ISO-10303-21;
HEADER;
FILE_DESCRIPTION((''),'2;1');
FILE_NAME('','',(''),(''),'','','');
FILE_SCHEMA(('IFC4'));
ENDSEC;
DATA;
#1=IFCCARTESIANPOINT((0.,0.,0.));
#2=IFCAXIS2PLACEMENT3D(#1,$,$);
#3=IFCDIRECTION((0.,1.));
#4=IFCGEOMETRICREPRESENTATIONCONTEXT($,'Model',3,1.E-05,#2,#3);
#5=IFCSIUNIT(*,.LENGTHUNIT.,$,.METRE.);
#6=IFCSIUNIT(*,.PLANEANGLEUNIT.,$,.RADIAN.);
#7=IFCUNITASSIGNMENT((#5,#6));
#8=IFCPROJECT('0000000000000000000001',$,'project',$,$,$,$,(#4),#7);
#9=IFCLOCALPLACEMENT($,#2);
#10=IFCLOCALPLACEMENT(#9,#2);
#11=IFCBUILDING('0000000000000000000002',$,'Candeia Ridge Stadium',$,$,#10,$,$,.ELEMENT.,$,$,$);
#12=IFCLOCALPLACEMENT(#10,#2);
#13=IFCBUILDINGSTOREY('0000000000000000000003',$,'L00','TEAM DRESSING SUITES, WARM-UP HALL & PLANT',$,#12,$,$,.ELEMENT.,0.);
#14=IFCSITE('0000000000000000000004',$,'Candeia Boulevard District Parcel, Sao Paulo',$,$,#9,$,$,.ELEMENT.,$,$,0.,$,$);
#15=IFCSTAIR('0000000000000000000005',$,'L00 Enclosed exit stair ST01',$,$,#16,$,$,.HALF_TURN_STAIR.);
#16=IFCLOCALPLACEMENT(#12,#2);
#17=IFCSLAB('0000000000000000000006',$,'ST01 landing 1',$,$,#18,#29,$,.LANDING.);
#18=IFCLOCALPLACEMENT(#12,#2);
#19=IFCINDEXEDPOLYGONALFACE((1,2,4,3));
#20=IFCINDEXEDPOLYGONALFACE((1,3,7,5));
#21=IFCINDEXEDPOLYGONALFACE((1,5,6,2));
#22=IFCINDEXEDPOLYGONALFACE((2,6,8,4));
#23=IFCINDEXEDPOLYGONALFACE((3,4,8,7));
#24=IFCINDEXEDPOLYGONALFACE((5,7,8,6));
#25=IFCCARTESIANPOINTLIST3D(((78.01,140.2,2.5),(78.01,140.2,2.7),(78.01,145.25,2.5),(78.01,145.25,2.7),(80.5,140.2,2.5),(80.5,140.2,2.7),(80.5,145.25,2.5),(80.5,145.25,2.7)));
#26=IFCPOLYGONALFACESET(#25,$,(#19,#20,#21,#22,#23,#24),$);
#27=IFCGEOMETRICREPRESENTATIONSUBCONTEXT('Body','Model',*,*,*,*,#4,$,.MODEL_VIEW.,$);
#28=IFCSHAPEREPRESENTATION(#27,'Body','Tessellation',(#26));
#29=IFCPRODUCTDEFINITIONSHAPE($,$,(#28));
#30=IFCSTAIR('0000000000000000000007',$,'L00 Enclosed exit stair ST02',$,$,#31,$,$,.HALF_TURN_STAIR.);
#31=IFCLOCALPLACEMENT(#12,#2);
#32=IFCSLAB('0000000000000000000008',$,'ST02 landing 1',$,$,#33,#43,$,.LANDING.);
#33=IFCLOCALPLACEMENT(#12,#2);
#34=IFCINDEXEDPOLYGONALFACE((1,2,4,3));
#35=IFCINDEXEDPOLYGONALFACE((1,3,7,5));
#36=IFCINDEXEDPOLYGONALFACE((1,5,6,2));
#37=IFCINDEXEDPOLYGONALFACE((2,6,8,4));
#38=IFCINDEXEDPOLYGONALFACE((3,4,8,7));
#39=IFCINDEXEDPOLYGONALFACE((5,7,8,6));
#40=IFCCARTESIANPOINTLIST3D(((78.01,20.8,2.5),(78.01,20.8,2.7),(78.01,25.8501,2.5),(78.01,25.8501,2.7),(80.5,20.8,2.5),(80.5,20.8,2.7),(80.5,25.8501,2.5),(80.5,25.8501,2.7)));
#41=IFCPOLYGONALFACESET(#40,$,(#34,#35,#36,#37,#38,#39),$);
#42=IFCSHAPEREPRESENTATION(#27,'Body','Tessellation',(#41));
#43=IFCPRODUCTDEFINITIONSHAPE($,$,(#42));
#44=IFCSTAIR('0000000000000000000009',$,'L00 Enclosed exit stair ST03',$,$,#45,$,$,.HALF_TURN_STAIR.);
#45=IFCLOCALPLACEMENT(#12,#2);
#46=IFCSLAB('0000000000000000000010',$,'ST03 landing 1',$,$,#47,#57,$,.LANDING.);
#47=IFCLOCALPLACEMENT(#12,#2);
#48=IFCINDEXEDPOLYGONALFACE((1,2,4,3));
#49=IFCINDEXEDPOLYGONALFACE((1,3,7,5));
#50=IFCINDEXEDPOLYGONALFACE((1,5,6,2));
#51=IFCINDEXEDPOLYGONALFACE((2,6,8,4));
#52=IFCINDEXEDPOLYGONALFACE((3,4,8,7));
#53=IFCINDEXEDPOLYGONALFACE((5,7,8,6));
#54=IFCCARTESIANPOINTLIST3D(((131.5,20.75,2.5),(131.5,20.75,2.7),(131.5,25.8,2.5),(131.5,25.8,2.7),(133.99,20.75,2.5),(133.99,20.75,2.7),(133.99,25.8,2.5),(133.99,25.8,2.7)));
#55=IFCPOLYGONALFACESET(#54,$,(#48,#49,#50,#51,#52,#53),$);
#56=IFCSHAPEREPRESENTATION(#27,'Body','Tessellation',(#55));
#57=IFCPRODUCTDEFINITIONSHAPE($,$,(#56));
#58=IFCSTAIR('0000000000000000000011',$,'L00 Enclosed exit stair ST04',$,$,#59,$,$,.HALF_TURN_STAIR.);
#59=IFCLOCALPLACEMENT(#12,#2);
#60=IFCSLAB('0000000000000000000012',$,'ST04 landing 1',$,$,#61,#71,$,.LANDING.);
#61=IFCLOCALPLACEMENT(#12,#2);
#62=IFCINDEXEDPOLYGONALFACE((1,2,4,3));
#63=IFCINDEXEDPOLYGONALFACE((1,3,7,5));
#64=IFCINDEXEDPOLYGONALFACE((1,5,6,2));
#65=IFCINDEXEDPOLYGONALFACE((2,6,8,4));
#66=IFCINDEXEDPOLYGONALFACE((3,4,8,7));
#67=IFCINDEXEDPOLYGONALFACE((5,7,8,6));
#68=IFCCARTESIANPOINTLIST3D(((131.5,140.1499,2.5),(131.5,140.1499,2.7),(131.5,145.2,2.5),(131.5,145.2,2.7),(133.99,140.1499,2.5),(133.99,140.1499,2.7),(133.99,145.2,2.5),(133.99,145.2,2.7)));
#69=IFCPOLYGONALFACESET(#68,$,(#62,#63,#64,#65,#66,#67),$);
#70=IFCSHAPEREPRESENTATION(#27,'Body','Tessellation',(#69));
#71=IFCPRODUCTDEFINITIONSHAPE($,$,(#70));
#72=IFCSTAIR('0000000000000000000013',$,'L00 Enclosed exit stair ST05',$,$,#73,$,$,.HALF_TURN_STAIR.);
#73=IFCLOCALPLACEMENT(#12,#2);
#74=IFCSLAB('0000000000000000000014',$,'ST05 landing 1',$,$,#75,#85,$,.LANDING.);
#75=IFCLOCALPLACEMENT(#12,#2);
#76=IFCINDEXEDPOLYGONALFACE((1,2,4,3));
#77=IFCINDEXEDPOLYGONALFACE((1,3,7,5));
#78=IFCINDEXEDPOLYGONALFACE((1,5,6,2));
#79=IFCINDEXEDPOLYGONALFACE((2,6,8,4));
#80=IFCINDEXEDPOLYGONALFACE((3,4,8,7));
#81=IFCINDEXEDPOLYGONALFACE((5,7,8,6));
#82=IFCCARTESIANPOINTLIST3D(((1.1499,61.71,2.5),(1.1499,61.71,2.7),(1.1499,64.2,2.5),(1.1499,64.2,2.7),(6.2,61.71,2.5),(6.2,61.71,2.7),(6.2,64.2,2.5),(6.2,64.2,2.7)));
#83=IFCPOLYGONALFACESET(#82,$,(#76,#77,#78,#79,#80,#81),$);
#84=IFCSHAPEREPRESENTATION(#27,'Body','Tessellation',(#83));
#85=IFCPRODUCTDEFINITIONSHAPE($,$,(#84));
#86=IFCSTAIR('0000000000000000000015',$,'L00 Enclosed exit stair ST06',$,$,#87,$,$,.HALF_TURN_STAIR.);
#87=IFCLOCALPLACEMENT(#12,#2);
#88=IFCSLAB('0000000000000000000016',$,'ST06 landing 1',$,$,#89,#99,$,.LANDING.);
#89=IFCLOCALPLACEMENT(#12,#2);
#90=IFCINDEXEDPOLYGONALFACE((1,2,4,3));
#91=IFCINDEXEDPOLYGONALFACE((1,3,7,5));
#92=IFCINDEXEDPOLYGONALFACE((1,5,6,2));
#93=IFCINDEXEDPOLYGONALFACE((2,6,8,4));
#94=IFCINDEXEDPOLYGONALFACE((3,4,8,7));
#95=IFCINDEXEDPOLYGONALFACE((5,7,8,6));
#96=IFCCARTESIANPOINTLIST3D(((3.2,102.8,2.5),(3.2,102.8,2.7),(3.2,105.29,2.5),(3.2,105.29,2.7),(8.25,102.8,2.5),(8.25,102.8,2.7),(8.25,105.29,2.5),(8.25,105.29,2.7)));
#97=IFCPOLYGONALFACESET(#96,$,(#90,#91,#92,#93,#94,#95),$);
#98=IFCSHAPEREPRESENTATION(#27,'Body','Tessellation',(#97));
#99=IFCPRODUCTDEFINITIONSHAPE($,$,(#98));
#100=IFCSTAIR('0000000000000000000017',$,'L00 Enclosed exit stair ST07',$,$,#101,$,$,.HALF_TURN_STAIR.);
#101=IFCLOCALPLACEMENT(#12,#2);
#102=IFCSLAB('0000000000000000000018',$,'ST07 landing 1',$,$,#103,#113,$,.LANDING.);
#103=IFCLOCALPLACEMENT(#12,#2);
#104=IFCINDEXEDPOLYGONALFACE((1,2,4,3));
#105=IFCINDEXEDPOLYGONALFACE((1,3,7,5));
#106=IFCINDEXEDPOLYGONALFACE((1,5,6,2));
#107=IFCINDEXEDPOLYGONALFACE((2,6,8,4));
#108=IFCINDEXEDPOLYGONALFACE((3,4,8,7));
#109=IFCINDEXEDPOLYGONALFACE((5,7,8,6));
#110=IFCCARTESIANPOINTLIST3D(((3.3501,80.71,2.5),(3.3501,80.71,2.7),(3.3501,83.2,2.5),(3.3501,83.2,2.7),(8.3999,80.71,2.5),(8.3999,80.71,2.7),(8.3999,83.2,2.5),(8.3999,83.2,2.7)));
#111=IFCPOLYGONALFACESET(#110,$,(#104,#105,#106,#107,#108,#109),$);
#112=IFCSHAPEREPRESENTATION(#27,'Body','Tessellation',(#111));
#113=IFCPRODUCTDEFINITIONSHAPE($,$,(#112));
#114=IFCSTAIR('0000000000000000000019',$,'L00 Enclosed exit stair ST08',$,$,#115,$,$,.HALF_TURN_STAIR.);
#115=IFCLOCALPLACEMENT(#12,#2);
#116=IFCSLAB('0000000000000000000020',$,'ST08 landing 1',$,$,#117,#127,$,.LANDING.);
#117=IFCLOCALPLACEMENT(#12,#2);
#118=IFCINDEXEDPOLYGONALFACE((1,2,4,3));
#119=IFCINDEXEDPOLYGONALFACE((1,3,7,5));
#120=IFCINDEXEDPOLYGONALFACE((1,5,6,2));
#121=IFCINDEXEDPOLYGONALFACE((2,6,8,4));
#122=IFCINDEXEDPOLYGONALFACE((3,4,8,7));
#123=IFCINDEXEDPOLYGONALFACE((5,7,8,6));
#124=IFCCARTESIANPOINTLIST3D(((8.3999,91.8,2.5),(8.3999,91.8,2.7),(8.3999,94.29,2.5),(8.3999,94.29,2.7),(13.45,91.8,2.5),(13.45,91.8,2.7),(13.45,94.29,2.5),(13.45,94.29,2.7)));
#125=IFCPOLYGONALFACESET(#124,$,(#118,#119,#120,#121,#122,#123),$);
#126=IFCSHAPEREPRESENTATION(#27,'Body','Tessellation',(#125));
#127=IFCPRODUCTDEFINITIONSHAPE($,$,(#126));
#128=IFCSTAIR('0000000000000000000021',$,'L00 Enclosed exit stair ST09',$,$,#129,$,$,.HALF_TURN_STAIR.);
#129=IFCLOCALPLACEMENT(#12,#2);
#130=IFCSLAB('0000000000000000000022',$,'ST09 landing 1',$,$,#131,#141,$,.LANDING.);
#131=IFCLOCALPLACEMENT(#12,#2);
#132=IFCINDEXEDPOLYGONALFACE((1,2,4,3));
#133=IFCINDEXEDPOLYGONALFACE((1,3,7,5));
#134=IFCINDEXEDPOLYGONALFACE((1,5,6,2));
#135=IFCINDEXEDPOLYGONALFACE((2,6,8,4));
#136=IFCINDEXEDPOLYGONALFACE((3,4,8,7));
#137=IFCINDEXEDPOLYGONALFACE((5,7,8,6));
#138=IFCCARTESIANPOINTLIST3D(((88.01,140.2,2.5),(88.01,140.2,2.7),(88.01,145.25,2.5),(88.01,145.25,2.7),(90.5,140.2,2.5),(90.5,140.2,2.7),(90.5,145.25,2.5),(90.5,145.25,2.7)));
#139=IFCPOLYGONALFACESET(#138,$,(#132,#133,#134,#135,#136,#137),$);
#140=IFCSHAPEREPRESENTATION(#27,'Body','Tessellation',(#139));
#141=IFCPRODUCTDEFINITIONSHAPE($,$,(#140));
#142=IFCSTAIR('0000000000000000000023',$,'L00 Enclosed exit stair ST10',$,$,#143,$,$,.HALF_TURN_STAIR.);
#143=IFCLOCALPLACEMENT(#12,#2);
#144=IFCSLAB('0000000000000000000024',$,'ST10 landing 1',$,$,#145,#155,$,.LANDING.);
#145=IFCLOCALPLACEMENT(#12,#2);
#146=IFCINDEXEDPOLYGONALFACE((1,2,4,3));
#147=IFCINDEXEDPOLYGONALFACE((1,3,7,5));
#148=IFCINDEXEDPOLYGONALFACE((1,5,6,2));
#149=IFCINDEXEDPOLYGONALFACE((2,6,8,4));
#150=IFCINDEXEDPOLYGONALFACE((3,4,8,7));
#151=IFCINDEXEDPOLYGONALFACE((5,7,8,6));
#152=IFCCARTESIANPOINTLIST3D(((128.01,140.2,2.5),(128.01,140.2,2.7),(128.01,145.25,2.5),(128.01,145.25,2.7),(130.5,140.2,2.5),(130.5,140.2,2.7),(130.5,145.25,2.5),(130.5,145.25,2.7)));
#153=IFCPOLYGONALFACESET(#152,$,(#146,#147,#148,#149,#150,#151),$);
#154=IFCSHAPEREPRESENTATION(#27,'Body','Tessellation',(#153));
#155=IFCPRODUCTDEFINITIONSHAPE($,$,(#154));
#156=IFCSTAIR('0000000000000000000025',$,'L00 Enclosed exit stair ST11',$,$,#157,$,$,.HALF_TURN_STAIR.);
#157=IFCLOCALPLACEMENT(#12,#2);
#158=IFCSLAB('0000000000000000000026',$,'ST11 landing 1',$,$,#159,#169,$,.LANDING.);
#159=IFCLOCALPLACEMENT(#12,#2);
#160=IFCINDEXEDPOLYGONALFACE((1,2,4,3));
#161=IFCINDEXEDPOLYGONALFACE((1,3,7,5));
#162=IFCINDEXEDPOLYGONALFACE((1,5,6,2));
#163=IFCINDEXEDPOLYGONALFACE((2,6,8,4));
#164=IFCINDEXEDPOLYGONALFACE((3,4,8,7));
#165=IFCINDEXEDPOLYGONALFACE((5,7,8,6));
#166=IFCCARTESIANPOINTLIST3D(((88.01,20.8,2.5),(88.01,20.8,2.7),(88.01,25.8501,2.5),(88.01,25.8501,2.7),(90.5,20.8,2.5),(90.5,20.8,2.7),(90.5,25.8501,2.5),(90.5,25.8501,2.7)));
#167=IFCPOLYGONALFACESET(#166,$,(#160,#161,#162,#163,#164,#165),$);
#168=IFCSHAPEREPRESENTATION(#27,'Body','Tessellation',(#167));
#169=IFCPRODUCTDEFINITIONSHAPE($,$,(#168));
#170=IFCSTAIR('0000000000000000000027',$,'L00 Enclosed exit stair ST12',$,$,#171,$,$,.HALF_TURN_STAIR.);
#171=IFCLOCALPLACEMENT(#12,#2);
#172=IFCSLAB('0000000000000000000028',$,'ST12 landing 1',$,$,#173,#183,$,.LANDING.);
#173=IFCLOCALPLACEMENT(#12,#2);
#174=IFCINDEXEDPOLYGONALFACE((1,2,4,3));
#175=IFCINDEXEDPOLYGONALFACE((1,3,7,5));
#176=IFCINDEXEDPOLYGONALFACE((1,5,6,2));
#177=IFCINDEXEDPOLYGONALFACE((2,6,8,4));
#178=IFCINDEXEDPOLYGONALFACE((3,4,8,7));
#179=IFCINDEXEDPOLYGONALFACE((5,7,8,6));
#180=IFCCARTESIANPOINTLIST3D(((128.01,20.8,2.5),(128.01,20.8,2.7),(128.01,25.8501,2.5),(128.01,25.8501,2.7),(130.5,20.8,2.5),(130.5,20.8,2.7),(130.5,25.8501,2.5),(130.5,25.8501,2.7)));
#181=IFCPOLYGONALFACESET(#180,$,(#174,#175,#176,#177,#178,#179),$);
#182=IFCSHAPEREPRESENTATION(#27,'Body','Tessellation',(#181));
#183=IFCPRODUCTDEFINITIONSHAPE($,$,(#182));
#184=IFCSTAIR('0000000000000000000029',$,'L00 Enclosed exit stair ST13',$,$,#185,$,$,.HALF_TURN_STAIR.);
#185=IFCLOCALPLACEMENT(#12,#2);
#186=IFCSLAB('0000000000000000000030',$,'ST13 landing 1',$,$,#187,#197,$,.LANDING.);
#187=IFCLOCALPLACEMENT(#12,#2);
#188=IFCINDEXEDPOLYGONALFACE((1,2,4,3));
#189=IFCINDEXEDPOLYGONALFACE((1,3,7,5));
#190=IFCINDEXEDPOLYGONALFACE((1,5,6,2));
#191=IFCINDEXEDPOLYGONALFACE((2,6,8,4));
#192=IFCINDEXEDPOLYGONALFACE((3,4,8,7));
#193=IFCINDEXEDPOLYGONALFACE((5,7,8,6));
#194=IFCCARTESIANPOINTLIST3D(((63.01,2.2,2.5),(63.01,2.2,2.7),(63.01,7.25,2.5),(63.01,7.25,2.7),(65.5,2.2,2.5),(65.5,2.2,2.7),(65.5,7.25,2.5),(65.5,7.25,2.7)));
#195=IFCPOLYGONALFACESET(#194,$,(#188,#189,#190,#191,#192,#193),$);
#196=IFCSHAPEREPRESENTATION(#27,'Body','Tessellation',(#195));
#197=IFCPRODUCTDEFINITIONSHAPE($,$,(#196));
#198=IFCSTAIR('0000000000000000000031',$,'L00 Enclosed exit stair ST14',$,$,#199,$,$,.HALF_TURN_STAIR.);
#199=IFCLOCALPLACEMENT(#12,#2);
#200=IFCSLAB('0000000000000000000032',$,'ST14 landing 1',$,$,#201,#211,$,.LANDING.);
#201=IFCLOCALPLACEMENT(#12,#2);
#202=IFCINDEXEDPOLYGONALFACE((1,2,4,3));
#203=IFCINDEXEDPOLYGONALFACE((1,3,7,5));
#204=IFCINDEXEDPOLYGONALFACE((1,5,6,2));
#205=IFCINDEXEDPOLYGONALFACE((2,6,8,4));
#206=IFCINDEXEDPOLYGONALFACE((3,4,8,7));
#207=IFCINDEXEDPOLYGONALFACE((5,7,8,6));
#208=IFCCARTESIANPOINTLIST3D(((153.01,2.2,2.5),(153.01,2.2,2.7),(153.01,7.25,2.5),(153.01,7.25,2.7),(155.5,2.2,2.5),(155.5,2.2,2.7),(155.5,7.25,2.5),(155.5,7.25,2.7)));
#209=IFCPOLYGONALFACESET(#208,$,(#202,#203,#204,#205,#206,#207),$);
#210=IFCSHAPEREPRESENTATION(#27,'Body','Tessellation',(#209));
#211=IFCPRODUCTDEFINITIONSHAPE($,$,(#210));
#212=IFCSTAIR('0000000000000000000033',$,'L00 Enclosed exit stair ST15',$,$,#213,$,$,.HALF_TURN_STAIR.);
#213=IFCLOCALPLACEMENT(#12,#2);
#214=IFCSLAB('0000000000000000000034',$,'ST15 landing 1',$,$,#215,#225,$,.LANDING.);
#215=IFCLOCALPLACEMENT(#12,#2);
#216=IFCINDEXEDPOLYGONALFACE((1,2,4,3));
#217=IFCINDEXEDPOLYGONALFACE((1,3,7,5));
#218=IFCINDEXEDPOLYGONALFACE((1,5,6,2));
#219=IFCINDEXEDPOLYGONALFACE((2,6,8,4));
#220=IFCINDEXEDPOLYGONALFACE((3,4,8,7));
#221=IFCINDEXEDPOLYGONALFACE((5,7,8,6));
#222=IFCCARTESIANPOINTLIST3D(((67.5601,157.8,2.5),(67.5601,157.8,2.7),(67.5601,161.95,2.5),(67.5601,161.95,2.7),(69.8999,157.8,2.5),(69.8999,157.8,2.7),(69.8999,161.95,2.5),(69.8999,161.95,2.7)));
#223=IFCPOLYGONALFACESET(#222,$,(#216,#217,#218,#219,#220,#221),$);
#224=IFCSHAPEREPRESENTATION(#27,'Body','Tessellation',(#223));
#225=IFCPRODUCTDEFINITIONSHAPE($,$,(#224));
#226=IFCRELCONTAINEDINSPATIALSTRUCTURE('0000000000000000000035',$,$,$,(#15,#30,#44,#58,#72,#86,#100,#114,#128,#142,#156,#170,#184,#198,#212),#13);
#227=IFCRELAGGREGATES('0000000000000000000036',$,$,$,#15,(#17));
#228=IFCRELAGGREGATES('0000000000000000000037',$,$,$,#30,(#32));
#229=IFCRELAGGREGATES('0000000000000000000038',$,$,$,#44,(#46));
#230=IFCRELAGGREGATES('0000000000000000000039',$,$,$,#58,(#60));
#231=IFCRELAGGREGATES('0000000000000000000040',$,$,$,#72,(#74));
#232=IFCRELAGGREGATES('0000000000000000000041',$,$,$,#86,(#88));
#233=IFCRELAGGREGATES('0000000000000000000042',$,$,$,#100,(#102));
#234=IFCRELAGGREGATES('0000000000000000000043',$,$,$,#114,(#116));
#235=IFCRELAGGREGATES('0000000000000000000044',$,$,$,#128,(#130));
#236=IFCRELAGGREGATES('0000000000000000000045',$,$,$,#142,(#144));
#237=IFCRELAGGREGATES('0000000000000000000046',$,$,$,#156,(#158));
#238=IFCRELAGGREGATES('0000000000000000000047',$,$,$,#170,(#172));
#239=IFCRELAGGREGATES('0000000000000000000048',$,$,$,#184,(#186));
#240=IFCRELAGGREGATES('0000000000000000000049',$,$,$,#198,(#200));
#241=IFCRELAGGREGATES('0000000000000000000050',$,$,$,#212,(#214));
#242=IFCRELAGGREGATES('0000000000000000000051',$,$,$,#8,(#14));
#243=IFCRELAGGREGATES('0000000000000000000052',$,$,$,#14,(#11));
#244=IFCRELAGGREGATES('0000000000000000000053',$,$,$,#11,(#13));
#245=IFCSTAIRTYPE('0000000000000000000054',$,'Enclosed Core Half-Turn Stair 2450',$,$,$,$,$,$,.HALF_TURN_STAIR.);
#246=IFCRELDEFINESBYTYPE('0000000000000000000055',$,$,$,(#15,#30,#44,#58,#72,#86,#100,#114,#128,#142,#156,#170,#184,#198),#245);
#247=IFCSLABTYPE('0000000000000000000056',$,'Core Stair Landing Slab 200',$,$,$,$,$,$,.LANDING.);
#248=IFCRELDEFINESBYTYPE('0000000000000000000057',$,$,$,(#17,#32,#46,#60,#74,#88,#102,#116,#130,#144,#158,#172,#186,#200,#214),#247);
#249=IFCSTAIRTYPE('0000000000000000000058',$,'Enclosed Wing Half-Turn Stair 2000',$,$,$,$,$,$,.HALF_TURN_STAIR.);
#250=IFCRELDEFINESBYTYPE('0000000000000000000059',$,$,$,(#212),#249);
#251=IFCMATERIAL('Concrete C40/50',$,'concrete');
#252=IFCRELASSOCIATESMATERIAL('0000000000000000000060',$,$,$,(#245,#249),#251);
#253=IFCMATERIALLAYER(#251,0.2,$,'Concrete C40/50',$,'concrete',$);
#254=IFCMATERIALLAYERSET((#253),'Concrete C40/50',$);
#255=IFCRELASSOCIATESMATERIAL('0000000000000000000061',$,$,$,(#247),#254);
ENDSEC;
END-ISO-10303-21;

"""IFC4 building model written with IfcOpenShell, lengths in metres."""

from ifc_helpers import new_model, si_unit, direction, frame, origin, place, context, subcontext, project, spatial, polyline, outline, extrude, material, layer, layer_set, type_object, element, aggregate, save


model = new_model("IFC4")

# Units and contexts
model_context = context("Model", 3, precision=1e-05, world=origin(), true_north=direction((0.0, 1.0)))
body_context = subcontext(model_context, "Body", "Model", "MODEL_VIEW")
ifc_project = project(units=[si_unit("LENGTHUNIT", "METRE"), si_unit("PLANEANGLEUNIT", "RADIAN")], contexts=[model_context])

# Site, building, storey
site_placement = place(None, origin())
site = spatial("IfcSite", under=ifc_project, at=site_placement, Name="Candeia Boulevard District Parcel, Sao Paulo", CompositionType="ELEMENT", RefElevation=0.0)
building_placement = place(site_placement, origin())
building = spatial("IfcBuilding", under=site, at=building_placement, Name="Candeia Ridge Stadium", CompositionType="ELEMENT")
storey_placement = place(building_placement, origin())
storey = spatial("IfcBuildingStorey", under=building, at=storey_placement, Name="L00", Description="TEAM DRESSING SUITES, WARM-UP HALL & PLANT", CompositionType="ELEMENT", Elevation=0.0)

# Stairs, slabs
ifc_material_1 = material(Name="Concrete C40/50", Category="concrete")
stair_type_1 = type_object("IfcStairType", Name="Enclosed Core Half-Turn Stair 2450", PredefinedType="HALF_TURN_STAIR", material=ifc_material_1)
stair_1_placement = place(storey_placement, origin())
stair_1 = element("IfcStair", 1, at=stair_1_placement, inside=storey, type_object=stair_type_1, Name="L00 Enclosed exit stair ST01", PredefinedType="HALF_TURN_STAIR")
ifc_layer_1 = layer(ifc_material_1, 0.2, Name="Concrete C40/50", Category="concrete")
ifc_layer_set_1 = layer_set([ifc_layer_1], Name="Concrete C40/50")
slab_type_1 = type_object("IfcSlabType", Name="Core Stair Landing Slab 200", PredefinedType="LANDING", material=ifc_layer_set_1)
slab_1_placement = place(storey_placement, frame((0.0, 0.0, 2.5)))
slab_1 = element("IfcSlab", 2, at=slab_1_placement, type_object=slab_type_1, Name="ST01 landing 1", PredefinedType="LANDING", context=body_context, shape_type="SweptSolid", body=[
    extrude(outline(polyline([(78.01, 140.2), (80.5, 140.2), (80.5, 145.25), (78.01, 145.25), (78.01, 140.2)])), origin(), (0.0, 0.0, 1.0), 0.2),
])
aggregate(stair_1, [slab_1])
stair_2_placement = place(storey_placement, origin())
stair_2 = element("IfcStair", 3, at=stair_2_placement, inside=storey, type_object=stair_type_1, Name="L00 Enclosed exit stair ST02", PredefinedType="HALF_TURN_STAIR")
slab_2_placement = place(storey_placement, frame((0.0, 0.0, 2.5)))
slab_2 = element("IfcSlab", 4, at=slab_2_placement, type_object=slab_type_1, Name="ST02 landing 1", PredefinedType="LANDING", context=body_context, shape_type="SweptSolid", body=[
    extrude(outline(polyline([(78.01, 20.8), (80.5, 20.8), (80.5, 25.8501), (78.01, 25.8501), (78.01, 20.8)])), origin(), (0.0, 0.0, 1.0), 0.2),
])
aggregate(stair_2, [slab_2])
stair_3_placement = place(storey_placement, origin())
stair_3 = element("IfcStair", 5, at=stair_3_placement, inside=storey, type_object=stair_type_1, Name="L00 Enclosed exit stair ST03", PredefinedType="HALF_TURN_STAIR")
slab_3_placement = place(storey_placement, frame((0.0, 0.0, 2.5)))
slab_3 = element("IfcSlab", 6, at=slab_3_placement, type_object=slab_type_1, Name="ST03 landing 1", PredefinedType="LANDING", context=body_context, shape_type="SweptSolid", body=[
    extrude(outline(polyline([(133.99, 25.8), (131.5, 25.8), (131.5, 20.75), (133.99, 20.75), (133.99, 25.8)])), origin(), (0.0, 0.0, 1.0), 0.2),
])
aggregate(stair_3, [slab_3])
stair_4_placement = place(storey_placement, origin())
stair_4 = element("IfcStair", 7, at=stair_4_placement, inside=storey, type_object=stair_type_1, Name="L00 Enclosed exit stair ST04", PredefinedType="HALF_TURN_STAIR")
slab_4_placement = place(storey_placement, frame((0.0, 0.0, 2.5)))
slab_4 = element("IfcSlab", 8, at=slab_4_placement, type_object=slab_type_1, Name="ST04 landing 1", PredefinedType="LANDING", context=body_context, shape_type="SweptSolid", body=[
    extrude(outline(polyline([(133.99, 145.2), (131.5, 145.2), (131.5, 140.1499), (133.99, 140.1499), (133.99, 145.2)])), origin(), (0.0, 0.0, 1.0), 0.2),
])
aggregate(stair_4, [slab_4])
stair_5_placement = place(storey_placement, origin())
stair_5 = element("IfcStair", 9, at=stair_5_placement, inside=storey, type_object=stair_type_1, Name="L00 Enclosed exit stair ST05", PredefinedType="HALF_TURN_STAIR")
slab_5_placement = place(storey_placement, frame((0.0, 0.0, 2.5)))
slab_5 = element("IfcSlab", 10, at=slab_5_placement, type_object=slab_type_1, Name="ST05 landing 1", PredefinedType="LANDING", context=body_context, shape_type="SweptSolid", body=[
    extrude(outline(polyline([(6.2, 61.71), (6.2, 64.2), (1.1499, 64.2), (1.1499, 61.71), (6.2, 61.71)])), origin(), (0.0, 0.0, 1.0), 0.2),
])
aggregate(stair_5, [slab_5])
stair_6_placement = place(storey_placement, origin())
stair_6 = element("IfcStair", 11, at=stair_6_placement, inside=storey, type_object=stair_type_1, Name="L00 Enclosed exit stair ST06", PredefinedType="HALF_TURN_STAIR")
slab_6_placement = place(storey_placement, frame((0.0, 0.0, 2.5)))
slab_6 = element("IfcSlab", 12, at=slab_6_placement, type_object=slab_type_1, Name="ST06 landing 1", PredefinedType="LANDING", context=body_context, shape_type="SweptSolid", body=[
    extrude(outline(polyline([(3.2, 105.29), (3.2, 102.8), (8.25, 102.8), (8.25, 105.29), (3.2, 105.29)])), origin(), (0.0, 0.0, 1.0), 0.2),
])
aggregate(stair_6, [slab_6])
stair_7_placement = place(storey_placement, origin())
stair_7 = element("IfcStair", 13, at=stair_7_placement, inside=storey, type_object=stair_type_1, Name="L00 Enclosed exit stair ST07", PredefinedType="HALF_TURN_STAIR")
slab_7_placement = place(storey_placement, frame((0.0, 0.0, 2.5)))
slab_7 = element("IfcSlab", 14, at=slab_7_placement, type_object=slab_type_1, Name="ST07 landing 1", PredefinedType="LANDING", context=body_context, shape_type="SweptSolid", body=[
    extrude(outline(polyline([(8.3999, 80.71), (8.3999, 83.2), (3.3501, 83.2), (3.3501, 80.71), (8.3999, 80.71)])), origin(), (0.0, 0.0, 1.0), 0.2),
])
aggregate(stair_7, [slab_7])
stair_8_placement = place(storey_placement, origin())
stair_8 = element("IfcStair", 15, at=stair_8_placement, inside=storey, type_object=stair_type_1, Name="L00 Enclosed exit stair ST08", PredefinedType="HALF_TURN_STAIR")
slab_8_placement = place(storey_placement, frame((0.0, 0.0, 2.5)))
slab_8 = element("IfcSlab", 16, at=slab_8_placement, type_object=slab_type_1, Name="ST08 landing 1", PredefinedType="LANDING", context=body_context, shape_type="SweptSolid", body=[
    extrude(outline(polyline([(8.3999, 94.29), (8.3999, 91.8), (13.45, 91.8), (13.45, 94.29), (8.3999, 94.29)])), origin(), (0.0, 0.0, 1.0), 0.2),
])
aggregate(stair_8, [slab_8])
stair_9_placement = place(storey_placement, origin())
stair_9 = element("IfcStair", 17, at=stair_9_placement, inside=storey, type_object=stair_type_1, Name="L00 Enclosed exit stair ST09", PredefinedType="HALF_TURN_STAIR")
slab_9_placement = place(storey_placement, frame((0.0, 0.0, 2.5)))
slab_9 = element("IfcSlab", 18, at=slab_9_placement, type_object=slab_type_1, Name="ST09 landing 1", PredefinedType="LANDING", context=body_context, shape_type="SweptSolid", body=[
    extrude(outline(polyline([(88.01, 140.2), (90.5, 140.2), (90.5, 145.25), (88.01, 145.25), (88.01, 140.2)])), origin(), (0.0, 0.0, 1.0), 0.2),
])
aggregate(stair_9, [slab_9])
stair_10_placement = place(storey_placement, origin())
stair_10 = element("IfcStair", 19, at=stair_10_placement, inside=storey, type_object=stair_type_1, Name="L00 Enclosed exit stair ST10", PredefinedType="HALF_TURN_STAIR")
slab_10_placement = place(storey_placement, frame((0.0, 0.0, 2.5)))
slab_10 = element("IfcSlab", 20, at=slab_10_placement, type_object=slab_type_1, Name="ST10 landing 1", PredefinedType="LANDING", context=body_context, shape_type="SweptSolid", body=[
    extrude(outline(polyline([(128.01, 140.2), (130.5, 140.2), (130.5, 145.25), (128.01, 145.25), (128.01, 140.2)])), origin(), (0.0, 0.0, 1.0), 0.2),
])
aggregate(stair_10, [slab_10])
stair_11_placement = place(storey_placement, origin())
stair_11 = element("IfcStair", 21, at=stair_11_placement, inside=storey, type_object=stair_type_1, Name="L00 Enclosed exit stair ST11", PredefinedType="HALF_TURN_STAIR")
slab_11_placement = place(storey_placement, frame((0.0, 0.0, 2.5)))
slab_11 = element("IfcSlab", 22, at=slab_11_placement, type_object=slab_type_1, Name="ST11 landing 1", PredefinedType="LANDING", context=body_context, shape_type="SweptSolid", body=[
    extrude(outline(polyline([(88.01, 20.8), (90.5, 20.8), (90.5, 25.8501), (88.01, 25.8501), (88.01, 20.8)])), origin(), (0.0, 0.0, 1.0), 0.2),
])
aggregate(stair_11, [slab_11])
stair_12_placement = place(storey_placement, origin())
stair_12 = element("IfcStair", 23, at=stair_12_placement, inside=storey, type_object=stair_type_1, Name="L00 Enclosed exit stair ST12", PredefinedType="HALF_TURN_STAIR")
slab_12_placement = place(storey_placement, frame((0.0, 0.0, 2.5)))
slab_12 = element("IfcSlab", 24, at=slab_12_placement, type_object=slab_type_1, Name="ST12 landing 1", PredefinedType="LANDING", context=body_context, shape_type="SweptSolid", body=[
    extrude(outline(polyline([(128.01, 20.8), (130.5, 20.8), (130.5, 25.8501), (128.01, 25.8501), (128.01, 20.8)])), origin(), (0.0, 0.0, 1.0), 0.2),
])
aggregate(stair_12, [slab_12])
stair_13_placement = place(storey_placement, origin())
stair_13 = element("IfcStair", 25, at=stair_13_placement, inside=storey, type_object=stair_type_1, Name="L00 Enclosed exit stair ST13", PredefinedType="HALF_TURN_STAIR")
slab_13_placement = place(storey_placement, frame((0.0, 0.0, 2.5)))
slab_13 = element("IfcSlab", 26, at=slab_13_placement, type_object=slab_type_1, Name="ST13 landing 1", PredefinedType="LANDING", context=body_context, shape_type="SweptSolid", body=[
    extrude(outline(polyline([(63.01, 2.2), (65.5, 2.2), (65.5, 7.25), (63.01, 7.25), (63.01, 2.2)])), origin(), (0.0, 0.0, 1.0), 0.2),
])
aggregate(stair_13, [slab_13])
stair_14_placement = place(storey_placement, origin())
stair_14 = element("IfcStair", 27, at=stair_14_placement, inside=storey, type_object=stair_type_1, Name="L00 Enclosed exit stair ST14", PredefinedType="HALF_TURN_STAIR")
slab_14_placement = place(storey_placement, frame((0.0, 0.0, 2.5)))
slab_14 = element("IfcSlab", 28, at=slab_14_placement, type_object=slab_type_1, Name="ST14 landing 1", PredefinedType="LANDING", context=body_context, shape_type="SweptSolid", body=[
    extrude(outline(polyline([(153.01, 2.2), (155.5, 2.2), (155.5, 7.25), (153.01, 7.25), (153.01, 2.2)])), origin(), (0.0, 0.0, 1.0), 0.2),
])
aggregate(stair_14, [slab_14])
stair_type_2 = type_object("IfcStairType", Name="Enclosed Wing Half-Turn Stair 2000", PredefinedType="HALF_TURN_STAIR", material=ifc_material_1)
stair_15_placement = place(storey_placement, origin())
stair_15 = element("IfcStair", 29, at=stair_15_placement, inside=storey, type_object=stair_type_2, Name="L00 Enclosed exit stair ST15", PredefinedType="HALF_TURN_STAIR")
slab_15_placement = place(storey_placement, frame((0.0, 0.0, 2.5)))
slab_15 = element("IfcSlab", 30, at=slab_15_placement, type_object=slab_type_1, Name="ST15 landing 1", PredefinedType="LANDING", context=body_context, shape_type="SweptSolid", body=[
    extrude(outline(polyline([(67.5601, 157.8), (69.8999, 157.8), (69.8999, 161.95), (67.5601, 161.95), (67.5601, 157.8)])), origin(), (0.0, 0.0, 1.0), 0.2),
])
aggregate(stair_15, [slab_15])

save(model, "model.ifc")
